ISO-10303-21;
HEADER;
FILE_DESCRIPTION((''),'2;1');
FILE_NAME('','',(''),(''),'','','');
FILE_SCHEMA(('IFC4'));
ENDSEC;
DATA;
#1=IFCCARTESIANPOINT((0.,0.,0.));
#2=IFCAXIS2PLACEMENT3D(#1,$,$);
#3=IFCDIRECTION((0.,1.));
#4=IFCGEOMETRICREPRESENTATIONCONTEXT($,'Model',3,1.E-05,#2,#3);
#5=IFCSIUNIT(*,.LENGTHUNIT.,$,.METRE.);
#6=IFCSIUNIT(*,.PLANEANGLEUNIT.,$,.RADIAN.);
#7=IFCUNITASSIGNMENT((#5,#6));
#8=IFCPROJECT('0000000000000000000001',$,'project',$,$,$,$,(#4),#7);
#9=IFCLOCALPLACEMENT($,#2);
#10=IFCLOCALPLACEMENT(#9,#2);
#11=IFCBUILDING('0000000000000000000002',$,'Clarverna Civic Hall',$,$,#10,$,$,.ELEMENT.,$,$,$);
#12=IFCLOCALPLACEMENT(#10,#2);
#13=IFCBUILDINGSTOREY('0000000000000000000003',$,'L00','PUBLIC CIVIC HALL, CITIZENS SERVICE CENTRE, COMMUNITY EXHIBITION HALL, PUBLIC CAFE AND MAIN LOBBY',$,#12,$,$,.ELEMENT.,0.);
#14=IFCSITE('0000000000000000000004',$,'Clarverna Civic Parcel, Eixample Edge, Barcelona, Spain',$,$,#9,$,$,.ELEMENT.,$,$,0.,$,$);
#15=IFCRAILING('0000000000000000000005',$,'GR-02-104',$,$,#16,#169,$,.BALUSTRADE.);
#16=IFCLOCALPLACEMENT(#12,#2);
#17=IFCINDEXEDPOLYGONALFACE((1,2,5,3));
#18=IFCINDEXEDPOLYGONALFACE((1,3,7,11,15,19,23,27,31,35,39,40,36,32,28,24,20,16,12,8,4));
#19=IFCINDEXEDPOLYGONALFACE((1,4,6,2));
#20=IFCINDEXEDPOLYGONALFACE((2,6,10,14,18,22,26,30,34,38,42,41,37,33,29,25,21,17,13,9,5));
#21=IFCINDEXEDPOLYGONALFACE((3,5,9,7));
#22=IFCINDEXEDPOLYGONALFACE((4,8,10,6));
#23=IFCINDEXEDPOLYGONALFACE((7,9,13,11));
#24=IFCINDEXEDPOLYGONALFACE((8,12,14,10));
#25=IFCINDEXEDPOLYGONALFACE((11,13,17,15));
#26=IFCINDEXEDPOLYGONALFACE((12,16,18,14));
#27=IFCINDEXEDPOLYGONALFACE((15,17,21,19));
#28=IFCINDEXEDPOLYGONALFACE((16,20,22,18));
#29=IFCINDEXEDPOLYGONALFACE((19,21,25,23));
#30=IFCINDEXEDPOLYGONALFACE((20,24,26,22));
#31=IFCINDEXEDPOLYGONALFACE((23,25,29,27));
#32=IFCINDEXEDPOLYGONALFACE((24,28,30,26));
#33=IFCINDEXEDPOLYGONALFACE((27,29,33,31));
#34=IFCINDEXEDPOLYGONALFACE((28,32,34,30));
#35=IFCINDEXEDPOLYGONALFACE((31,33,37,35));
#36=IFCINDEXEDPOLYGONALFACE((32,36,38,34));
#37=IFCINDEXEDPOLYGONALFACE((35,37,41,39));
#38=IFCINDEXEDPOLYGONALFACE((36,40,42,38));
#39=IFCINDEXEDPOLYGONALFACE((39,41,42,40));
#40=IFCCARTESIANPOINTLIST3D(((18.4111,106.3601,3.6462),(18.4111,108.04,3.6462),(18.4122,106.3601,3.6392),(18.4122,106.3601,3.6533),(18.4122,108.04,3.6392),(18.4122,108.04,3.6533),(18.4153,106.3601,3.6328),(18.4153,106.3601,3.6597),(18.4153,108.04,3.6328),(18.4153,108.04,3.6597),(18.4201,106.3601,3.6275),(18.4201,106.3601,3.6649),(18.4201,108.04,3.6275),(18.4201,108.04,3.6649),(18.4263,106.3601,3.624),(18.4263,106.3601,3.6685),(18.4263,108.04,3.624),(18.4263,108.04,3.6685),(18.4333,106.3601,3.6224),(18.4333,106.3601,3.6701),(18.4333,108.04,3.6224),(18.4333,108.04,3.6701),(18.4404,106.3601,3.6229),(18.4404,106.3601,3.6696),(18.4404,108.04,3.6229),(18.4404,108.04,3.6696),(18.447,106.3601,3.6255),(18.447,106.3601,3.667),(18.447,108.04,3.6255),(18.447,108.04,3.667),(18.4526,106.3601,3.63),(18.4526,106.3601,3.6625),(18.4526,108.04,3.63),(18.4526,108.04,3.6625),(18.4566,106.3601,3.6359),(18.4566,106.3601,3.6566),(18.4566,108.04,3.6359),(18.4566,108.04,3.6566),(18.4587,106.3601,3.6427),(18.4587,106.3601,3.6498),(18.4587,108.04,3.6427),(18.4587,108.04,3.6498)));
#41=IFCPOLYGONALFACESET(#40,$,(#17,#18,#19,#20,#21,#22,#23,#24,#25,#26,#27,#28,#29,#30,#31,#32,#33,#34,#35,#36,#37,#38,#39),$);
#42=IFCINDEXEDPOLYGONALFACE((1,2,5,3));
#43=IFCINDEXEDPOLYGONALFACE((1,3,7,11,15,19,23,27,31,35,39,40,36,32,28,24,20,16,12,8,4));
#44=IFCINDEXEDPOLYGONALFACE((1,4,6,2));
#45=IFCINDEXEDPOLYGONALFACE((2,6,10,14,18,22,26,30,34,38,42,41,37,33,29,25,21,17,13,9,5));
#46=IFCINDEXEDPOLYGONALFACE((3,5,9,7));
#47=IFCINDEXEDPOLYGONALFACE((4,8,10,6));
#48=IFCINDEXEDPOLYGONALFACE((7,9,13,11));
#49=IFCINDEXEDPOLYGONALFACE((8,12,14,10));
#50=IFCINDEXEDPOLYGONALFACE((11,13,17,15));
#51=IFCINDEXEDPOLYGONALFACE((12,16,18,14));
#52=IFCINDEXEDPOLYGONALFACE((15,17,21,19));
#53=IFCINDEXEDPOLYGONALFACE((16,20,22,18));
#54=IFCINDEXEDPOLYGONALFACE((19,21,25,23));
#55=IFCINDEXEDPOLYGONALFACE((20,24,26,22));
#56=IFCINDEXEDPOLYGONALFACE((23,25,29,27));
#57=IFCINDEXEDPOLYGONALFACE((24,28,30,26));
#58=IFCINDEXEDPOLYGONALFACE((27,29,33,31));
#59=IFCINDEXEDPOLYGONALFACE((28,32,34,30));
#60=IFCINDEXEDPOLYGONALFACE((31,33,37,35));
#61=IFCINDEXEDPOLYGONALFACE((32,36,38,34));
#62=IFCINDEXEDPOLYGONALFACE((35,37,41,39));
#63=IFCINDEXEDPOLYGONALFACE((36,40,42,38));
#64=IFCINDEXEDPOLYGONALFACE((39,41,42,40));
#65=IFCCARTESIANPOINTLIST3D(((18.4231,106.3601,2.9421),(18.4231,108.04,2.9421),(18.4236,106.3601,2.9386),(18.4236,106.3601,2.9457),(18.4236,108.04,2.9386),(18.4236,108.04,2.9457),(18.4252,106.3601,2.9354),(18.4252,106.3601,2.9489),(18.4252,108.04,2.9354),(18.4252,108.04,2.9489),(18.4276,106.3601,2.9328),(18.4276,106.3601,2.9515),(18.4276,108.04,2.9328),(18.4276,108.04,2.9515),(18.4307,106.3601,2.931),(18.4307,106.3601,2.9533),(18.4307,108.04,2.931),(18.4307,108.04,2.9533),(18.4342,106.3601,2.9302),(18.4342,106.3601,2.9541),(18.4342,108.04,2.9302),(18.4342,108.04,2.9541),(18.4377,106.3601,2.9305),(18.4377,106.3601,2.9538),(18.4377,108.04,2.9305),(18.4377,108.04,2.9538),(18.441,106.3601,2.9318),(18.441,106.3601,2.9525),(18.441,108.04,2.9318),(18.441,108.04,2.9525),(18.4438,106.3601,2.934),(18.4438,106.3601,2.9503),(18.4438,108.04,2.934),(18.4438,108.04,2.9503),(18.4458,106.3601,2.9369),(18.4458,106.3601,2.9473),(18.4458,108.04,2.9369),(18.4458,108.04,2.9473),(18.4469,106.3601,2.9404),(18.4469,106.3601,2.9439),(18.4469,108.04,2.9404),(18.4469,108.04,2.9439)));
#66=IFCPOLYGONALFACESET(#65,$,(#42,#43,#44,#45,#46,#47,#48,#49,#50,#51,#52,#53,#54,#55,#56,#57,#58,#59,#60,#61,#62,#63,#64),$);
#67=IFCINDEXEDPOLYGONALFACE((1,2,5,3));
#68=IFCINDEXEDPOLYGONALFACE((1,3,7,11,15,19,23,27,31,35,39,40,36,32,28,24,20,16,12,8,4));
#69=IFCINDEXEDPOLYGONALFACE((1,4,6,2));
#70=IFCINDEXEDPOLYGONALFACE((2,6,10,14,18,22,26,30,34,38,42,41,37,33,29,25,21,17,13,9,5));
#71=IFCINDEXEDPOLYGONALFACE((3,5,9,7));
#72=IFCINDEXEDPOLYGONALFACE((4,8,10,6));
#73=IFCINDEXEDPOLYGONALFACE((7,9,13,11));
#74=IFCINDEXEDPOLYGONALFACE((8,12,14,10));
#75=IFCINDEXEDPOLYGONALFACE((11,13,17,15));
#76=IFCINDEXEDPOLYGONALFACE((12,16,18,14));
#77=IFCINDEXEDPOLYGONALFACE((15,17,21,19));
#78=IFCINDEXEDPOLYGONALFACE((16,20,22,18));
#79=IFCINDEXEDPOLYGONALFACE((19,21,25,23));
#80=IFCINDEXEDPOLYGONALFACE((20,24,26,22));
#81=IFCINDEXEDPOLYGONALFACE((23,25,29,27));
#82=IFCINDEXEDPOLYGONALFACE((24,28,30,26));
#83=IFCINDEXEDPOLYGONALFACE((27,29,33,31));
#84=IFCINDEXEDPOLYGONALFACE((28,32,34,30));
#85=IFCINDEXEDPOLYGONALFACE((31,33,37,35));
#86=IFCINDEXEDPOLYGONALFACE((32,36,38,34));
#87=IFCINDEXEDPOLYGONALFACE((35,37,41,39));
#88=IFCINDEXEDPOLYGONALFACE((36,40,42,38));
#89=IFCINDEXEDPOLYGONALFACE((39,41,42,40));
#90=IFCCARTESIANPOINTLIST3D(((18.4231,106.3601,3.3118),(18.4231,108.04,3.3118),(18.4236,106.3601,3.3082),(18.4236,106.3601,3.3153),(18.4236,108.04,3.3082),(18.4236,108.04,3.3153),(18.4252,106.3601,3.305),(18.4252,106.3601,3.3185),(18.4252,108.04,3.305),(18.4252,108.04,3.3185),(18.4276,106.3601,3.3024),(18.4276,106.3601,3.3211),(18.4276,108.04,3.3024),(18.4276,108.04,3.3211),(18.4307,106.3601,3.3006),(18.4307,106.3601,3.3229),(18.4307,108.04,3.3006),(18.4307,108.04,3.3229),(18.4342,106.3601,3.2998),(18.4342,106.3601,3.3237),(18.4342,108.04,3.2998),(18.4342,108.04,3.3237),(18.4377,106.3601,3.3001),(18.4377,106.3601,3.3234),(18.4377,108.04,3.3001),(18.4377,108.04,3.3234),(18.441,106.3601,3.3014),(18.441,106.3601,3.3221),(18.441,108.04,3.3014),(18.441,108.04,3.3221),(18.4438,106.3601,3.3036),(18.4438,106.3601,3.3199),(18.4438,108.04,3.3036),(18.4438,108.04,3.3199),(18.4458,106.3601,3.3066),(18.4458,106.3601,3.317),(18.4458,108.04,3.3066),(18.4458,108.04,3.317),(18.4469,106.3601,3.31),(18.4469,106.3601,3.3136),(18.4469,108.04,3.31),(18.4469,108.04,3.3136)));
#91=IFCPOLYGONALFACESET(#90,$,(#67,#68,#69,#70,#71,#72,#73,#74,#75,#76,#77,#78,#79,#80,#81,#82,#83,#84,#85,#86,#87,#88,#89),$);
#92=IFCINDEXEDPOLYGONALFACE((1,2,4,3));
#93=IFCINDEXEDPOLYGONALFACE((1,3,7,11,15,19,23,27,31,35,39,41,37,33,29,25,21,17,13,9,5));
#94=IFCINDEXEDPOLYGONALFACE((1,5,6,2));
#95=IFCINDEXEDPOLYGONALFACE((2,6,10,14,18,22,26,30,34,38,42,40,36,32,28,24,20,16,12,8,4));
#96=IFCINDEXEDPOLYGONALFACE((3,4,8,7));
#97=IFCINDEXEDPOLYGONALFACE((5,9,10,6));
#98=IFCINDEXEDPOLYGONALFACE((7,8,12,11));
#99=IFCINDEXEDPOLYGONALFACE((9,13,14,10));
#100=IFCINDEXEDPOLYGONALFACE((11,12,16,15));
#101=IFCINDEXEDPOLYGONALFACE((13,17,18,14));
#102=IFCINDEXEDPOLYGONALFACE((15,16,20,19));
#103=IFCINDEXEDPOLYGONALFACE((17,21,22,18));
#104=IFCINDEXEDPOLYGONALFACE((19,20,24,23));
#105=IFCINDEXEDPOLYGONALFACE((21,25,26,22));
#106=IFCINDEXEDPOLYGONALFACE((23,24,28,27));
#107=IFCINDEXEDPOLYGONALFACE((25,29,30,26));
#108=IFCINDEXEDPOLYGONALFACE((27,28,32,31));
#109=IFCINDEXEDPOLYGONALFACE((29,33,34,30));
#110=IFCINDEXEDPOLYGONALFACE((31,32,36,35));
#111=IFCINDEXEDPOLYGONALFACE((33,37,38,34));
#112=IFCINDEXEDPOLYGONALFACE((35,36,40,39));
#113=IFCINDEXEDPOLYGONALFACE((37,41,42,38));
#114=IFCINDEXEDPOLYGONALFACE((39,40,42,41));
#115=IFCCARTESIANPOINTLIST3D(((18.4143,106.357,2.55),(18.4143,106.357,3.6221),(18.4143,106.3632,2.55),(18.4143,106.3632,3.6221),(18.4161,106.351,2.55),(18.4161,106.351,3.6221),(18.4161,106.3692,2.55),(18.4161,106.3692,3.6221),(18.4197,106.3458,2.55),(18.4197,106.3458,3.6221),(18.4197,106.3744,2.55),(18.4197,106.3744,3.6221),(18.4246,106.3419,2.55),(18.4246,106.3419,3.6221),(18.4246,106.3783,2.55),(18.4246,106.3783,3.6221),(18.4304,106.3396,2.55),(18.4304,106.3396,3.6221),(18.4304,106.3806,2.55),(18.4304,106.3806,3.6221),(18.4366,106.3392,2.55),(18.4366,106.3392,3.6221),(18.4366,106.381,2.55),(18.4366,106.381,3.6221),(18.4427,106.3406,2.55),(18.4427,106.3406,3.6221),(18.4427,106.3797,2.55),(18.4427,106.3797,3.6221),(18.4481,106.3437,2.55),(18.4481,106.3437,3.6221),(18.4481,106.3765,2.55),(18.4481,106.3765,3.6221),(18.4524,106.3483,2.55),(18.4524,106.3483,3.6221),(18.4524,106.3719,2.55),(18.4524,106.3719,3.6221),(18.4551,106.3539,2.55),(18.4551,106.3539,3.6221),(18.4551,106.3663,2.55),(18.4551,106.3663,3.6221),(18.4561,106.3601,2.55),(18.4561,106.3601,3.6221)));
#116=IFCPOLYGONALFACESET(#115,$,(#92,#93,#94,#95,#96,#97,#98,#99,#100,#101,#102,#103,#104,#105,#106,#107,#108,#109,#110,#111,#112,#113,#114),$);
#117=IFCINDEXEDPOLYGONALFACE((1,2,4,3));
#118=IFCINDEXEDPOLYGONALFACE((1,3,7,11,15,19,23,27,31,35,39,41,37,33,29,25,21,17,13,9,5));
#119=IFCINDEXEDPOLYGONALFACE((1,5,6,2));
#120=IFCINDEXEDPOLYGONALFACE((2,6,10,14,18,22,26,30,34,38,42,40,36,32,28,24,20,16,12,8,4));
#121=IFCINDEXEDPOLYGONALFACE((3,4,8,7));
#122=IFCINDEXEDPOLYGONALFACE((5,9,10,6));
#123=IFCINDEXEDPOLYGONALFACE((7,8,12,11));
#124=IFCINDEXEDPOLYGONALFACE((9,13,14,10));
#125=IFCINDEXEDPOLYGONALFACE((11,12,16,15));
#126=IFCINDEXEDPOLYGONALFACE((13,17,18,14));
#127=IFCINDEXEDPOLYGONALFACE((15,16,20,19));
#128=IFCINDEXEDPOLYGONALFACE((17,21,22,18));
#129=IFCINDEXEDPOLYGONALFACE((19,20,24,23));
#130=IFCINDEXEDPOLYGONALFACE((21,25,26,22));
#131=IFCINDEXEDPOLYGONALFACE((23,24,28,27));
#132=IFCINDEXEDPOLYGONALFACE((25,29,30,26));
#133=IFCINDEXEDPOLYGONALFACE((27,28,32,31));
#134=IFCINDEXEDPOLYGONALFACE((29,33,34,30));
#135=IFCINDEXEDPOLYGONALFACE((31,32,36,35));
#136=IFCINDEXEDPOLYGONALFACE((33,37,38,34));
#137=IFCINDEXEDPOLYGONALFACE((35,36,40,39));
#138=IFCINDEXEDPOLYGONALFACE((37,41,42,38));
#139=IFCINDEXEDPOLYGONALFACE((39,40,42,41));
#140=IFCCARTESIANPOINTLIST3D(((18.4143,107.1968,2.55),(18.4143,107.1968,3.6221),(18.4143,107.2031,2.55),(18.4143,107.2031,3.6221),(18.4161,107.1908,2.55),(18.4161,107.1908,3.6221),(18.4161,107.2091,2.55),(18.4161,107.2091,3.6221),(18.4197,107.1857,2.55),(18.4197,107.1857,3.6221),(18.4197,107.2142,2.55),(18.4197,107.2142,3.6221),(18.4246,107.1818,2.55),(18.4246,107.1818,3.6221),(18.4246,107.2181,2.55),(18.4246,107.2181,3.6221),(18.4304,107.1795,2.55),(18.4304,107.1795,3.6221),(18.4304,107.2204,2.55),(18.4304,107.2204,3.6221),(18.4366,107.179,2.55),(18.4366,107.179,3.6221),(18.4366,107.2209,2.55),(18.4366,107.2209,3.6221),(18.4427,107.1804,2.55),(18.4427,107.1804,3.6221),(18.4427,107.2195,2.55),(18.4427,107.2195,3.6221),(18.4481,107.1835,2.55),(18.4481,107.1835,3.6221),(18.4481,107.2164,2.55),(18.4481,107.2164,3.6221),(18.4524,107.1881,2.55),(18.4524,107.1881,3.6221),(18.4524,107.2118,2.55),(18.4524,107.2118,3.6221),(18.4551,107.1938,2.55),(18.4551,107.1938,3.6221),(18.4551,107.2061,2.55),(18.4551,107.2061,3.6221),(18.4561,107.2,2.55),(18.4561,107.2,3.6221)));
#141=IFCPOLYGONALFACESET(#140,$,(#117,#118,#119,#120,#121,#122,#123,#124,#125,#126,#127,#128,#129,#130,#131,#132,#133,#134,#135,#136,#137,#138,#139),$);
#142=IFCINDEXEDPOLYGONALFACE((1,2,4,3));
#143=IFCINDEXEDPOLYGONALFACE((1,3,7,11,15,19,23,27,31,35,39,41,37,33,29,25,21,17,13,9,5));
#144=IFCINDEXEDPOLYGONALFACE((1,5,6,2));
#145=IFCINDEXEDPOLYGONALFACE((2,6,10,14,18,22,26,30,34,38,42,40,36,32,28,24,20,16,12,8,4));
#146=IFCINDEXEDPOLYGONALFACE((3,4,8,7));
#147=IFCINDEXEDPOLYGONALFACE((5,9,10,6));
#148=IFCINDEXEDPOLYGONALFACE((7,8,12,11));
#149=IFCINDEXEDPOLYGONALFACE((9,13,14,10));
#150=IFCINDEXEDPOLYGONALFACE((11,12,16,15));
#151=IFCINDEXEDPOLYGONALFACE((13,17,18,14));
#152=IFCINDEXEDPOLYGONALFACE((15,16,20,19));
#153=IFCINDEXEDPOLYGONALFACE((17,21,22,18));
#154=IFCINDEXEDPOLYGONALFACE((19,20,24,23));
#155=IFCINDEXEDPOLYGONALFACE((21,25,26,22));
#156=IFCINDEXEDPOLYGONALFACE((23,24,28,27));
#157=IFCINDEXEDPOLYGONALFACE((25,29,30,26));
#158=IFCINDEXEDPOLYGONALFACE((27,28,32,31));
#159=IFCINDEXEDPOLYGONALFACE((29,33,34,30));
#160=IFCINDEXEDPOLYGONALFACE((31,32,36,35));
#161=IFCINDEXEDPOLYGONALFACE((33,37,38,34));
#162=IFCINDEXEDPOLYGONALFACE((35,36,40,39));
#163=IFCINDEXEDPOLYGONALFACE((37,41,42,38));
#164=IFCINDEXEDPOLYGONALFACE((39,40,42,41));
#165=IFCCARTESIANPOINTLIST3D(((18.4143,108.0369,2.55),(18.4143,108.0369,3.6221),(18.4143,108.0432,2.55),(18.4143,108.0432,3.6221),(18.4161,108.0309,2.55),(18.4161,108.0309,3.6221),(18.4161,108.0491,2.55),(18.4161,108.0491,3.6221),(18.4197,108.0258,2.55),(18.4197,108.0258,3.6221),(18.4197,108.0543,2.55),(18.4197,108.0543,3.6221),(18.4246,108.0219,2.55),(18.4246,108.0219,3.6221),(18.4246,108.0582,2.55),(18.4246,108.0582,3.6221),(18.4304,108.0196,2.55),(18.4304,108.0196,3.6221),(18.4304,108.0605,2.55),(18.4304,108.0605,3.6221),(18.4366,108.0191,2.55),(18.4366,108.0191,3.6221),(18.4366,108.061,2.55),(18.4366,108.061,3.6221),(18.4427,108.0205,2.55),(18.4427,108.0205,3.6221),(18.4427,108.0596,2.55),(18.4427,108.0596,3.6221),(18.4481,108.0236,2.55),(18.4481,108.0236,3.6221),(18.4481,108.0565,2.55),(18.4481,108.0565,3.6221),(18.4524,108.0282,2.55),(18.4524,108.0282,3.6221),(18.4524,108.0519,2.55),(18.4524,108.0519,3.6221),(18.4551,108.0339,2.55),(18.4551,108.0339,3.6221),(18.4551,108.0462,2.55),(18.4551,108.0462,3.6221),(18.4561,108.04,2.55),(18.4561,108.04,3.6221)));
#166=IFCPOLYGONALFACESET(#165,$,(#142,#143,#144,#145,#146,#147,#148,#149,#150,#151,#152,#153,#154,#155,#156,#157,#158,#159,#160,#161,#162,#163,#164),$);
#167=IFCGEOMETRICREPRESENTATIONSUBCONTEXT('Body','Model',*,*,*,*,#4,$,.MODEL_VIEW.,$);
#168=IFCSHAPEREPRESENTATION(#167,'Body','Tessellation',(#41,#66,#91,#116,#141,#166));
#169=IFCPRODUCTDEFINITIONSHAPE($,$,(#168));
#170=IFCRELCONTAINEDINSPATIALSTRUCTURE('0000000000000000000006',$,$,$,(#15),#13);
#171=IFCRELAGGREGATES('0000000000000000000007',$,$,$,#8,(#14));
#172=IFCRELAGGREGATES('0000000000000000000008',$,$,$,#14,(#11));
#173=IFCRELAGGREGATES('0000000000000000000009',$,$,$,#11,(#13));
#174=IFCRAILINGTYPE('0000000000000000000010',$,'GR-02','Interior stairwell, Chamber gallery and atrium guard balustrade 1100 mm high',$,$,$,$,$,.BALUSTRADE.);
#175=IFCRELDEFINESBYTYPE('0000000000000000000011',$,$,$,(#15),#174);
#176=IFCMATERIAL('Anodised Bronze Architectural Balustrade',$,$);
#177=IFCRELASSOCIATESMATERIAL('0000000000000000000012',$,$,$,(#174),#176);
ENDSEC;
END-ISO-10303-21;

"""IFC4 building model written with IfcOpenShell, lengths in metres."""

from ifc_helpers import new_model, si_unit, direction, frame, origin, origin_2d, place, context, subcontext, project, spatial, circle, extrude, material, type_object, element, save


model = new_model("IFC4")

# Units and contexts
model_context = context("Model", 3, precision=1e-05, world=origin(), true_north=direction((0.0, 1.0)))
body_context = subcontext(model_context, "Body", "Model", "MODEL_VIEW")
ifc_project = project(units=[si_unit("LENGTHUNIT", "METRE"), si_unit("PLANEANGLEUNIT", "RADIAN")], contexts=[model_context])

# Site, building, storey
site_placement = place(None, origin())
site = spatial("IfcSite", under=ifc_project, at=site_placement, Name="Clarverna Civic Parcel, Eixample Edge, Barcelona, Spain", CompositionType="ELEMENT", RefElevation=0.0)
building_placement = place(site_placement, origin())
building = spatial("IfcBuilding", under=site, at=building_placement, Name="Clarverna Civic Hall", CompositionType="ELEMENT")
storey_placement = place(building_placement, origin())
storey = spatial("IfcBuildingStorey", under=building, at=storey_placement, Name="L00", Description="PUBLIC CIVIC HALL, CITIZENS SERVICE CENTRE, COMMUNITY EXHIBITION HALL, PUBLIC CAFE AND MAIN LOBBY", CompositionType="ELEMENT", Elevation=0.0)

# Railing
ifc_material_1 = material(Name="Anodised Bronze Architectural Balustrade")
railing_type_1 = type_object("IfcRailingType", Name="GR-02", Description="Interior stairwell, Chamber gallery and atrium guard balustrade 1100 mm high", PredefinedType="BALUSTRADE", material=ifc_material_1)
railing_1_placement = place(storey_placement, frame((18.4351, 106.3601, 2.55)))
element("IfcRailing", 1, at=railing_1_placement, inside=storey, type_object=railing_type_1, Name="GR-02-104", PredefinedType="BALUSTRADE", context=body_context, shape_type="SweptSolid", body=[
    extrude(circle(Radius=0.0239, at=origin_2d()), frame((0.0, 0.0, 1.0962), z_axis=(0.0, 1.0, 0.0), x_axis=(-1.0, 0.0, 0.0)), (0.0, 0.0, 1.0), 1.6799),
    extrude(circle(Radius=0.012, at=origin_2d()), frame((0.0, 0.0, 0.3921), z_axis=(0.0, 1.0, 0.0), x_axis=(-1.0, 0.0, 0.0)), (0.0, 0.0, 1.0), 1.6799),
    extrude(circle(Radius=0.012, at=origin_2d()), frame((0.0, 0.0, 0.7617), z_axis=(0.0, 1.0, 0.0), x_axis=(-1.0, 0.0, 0.0)), (0.0, 0.0, 1.0), 1.6799),
    extrude(circle(Radius=0.021, at=origin_2d()), origin(), (0.0, 0.0, 1.0), 1.072),
    extrude(circle(Radius=0.021, at=origin_2d()), frame((0.0, 0.8398, 0.0)), (0.0, 0.0, 1.0), 1.072),
    extrude(circle(Radius=0.021, at=origin_2d()), frame((0.0, 1.6799, 0.0)), (0.0, 0.0, 1.0), 1.072),
])

save(model, "model.ifc")
